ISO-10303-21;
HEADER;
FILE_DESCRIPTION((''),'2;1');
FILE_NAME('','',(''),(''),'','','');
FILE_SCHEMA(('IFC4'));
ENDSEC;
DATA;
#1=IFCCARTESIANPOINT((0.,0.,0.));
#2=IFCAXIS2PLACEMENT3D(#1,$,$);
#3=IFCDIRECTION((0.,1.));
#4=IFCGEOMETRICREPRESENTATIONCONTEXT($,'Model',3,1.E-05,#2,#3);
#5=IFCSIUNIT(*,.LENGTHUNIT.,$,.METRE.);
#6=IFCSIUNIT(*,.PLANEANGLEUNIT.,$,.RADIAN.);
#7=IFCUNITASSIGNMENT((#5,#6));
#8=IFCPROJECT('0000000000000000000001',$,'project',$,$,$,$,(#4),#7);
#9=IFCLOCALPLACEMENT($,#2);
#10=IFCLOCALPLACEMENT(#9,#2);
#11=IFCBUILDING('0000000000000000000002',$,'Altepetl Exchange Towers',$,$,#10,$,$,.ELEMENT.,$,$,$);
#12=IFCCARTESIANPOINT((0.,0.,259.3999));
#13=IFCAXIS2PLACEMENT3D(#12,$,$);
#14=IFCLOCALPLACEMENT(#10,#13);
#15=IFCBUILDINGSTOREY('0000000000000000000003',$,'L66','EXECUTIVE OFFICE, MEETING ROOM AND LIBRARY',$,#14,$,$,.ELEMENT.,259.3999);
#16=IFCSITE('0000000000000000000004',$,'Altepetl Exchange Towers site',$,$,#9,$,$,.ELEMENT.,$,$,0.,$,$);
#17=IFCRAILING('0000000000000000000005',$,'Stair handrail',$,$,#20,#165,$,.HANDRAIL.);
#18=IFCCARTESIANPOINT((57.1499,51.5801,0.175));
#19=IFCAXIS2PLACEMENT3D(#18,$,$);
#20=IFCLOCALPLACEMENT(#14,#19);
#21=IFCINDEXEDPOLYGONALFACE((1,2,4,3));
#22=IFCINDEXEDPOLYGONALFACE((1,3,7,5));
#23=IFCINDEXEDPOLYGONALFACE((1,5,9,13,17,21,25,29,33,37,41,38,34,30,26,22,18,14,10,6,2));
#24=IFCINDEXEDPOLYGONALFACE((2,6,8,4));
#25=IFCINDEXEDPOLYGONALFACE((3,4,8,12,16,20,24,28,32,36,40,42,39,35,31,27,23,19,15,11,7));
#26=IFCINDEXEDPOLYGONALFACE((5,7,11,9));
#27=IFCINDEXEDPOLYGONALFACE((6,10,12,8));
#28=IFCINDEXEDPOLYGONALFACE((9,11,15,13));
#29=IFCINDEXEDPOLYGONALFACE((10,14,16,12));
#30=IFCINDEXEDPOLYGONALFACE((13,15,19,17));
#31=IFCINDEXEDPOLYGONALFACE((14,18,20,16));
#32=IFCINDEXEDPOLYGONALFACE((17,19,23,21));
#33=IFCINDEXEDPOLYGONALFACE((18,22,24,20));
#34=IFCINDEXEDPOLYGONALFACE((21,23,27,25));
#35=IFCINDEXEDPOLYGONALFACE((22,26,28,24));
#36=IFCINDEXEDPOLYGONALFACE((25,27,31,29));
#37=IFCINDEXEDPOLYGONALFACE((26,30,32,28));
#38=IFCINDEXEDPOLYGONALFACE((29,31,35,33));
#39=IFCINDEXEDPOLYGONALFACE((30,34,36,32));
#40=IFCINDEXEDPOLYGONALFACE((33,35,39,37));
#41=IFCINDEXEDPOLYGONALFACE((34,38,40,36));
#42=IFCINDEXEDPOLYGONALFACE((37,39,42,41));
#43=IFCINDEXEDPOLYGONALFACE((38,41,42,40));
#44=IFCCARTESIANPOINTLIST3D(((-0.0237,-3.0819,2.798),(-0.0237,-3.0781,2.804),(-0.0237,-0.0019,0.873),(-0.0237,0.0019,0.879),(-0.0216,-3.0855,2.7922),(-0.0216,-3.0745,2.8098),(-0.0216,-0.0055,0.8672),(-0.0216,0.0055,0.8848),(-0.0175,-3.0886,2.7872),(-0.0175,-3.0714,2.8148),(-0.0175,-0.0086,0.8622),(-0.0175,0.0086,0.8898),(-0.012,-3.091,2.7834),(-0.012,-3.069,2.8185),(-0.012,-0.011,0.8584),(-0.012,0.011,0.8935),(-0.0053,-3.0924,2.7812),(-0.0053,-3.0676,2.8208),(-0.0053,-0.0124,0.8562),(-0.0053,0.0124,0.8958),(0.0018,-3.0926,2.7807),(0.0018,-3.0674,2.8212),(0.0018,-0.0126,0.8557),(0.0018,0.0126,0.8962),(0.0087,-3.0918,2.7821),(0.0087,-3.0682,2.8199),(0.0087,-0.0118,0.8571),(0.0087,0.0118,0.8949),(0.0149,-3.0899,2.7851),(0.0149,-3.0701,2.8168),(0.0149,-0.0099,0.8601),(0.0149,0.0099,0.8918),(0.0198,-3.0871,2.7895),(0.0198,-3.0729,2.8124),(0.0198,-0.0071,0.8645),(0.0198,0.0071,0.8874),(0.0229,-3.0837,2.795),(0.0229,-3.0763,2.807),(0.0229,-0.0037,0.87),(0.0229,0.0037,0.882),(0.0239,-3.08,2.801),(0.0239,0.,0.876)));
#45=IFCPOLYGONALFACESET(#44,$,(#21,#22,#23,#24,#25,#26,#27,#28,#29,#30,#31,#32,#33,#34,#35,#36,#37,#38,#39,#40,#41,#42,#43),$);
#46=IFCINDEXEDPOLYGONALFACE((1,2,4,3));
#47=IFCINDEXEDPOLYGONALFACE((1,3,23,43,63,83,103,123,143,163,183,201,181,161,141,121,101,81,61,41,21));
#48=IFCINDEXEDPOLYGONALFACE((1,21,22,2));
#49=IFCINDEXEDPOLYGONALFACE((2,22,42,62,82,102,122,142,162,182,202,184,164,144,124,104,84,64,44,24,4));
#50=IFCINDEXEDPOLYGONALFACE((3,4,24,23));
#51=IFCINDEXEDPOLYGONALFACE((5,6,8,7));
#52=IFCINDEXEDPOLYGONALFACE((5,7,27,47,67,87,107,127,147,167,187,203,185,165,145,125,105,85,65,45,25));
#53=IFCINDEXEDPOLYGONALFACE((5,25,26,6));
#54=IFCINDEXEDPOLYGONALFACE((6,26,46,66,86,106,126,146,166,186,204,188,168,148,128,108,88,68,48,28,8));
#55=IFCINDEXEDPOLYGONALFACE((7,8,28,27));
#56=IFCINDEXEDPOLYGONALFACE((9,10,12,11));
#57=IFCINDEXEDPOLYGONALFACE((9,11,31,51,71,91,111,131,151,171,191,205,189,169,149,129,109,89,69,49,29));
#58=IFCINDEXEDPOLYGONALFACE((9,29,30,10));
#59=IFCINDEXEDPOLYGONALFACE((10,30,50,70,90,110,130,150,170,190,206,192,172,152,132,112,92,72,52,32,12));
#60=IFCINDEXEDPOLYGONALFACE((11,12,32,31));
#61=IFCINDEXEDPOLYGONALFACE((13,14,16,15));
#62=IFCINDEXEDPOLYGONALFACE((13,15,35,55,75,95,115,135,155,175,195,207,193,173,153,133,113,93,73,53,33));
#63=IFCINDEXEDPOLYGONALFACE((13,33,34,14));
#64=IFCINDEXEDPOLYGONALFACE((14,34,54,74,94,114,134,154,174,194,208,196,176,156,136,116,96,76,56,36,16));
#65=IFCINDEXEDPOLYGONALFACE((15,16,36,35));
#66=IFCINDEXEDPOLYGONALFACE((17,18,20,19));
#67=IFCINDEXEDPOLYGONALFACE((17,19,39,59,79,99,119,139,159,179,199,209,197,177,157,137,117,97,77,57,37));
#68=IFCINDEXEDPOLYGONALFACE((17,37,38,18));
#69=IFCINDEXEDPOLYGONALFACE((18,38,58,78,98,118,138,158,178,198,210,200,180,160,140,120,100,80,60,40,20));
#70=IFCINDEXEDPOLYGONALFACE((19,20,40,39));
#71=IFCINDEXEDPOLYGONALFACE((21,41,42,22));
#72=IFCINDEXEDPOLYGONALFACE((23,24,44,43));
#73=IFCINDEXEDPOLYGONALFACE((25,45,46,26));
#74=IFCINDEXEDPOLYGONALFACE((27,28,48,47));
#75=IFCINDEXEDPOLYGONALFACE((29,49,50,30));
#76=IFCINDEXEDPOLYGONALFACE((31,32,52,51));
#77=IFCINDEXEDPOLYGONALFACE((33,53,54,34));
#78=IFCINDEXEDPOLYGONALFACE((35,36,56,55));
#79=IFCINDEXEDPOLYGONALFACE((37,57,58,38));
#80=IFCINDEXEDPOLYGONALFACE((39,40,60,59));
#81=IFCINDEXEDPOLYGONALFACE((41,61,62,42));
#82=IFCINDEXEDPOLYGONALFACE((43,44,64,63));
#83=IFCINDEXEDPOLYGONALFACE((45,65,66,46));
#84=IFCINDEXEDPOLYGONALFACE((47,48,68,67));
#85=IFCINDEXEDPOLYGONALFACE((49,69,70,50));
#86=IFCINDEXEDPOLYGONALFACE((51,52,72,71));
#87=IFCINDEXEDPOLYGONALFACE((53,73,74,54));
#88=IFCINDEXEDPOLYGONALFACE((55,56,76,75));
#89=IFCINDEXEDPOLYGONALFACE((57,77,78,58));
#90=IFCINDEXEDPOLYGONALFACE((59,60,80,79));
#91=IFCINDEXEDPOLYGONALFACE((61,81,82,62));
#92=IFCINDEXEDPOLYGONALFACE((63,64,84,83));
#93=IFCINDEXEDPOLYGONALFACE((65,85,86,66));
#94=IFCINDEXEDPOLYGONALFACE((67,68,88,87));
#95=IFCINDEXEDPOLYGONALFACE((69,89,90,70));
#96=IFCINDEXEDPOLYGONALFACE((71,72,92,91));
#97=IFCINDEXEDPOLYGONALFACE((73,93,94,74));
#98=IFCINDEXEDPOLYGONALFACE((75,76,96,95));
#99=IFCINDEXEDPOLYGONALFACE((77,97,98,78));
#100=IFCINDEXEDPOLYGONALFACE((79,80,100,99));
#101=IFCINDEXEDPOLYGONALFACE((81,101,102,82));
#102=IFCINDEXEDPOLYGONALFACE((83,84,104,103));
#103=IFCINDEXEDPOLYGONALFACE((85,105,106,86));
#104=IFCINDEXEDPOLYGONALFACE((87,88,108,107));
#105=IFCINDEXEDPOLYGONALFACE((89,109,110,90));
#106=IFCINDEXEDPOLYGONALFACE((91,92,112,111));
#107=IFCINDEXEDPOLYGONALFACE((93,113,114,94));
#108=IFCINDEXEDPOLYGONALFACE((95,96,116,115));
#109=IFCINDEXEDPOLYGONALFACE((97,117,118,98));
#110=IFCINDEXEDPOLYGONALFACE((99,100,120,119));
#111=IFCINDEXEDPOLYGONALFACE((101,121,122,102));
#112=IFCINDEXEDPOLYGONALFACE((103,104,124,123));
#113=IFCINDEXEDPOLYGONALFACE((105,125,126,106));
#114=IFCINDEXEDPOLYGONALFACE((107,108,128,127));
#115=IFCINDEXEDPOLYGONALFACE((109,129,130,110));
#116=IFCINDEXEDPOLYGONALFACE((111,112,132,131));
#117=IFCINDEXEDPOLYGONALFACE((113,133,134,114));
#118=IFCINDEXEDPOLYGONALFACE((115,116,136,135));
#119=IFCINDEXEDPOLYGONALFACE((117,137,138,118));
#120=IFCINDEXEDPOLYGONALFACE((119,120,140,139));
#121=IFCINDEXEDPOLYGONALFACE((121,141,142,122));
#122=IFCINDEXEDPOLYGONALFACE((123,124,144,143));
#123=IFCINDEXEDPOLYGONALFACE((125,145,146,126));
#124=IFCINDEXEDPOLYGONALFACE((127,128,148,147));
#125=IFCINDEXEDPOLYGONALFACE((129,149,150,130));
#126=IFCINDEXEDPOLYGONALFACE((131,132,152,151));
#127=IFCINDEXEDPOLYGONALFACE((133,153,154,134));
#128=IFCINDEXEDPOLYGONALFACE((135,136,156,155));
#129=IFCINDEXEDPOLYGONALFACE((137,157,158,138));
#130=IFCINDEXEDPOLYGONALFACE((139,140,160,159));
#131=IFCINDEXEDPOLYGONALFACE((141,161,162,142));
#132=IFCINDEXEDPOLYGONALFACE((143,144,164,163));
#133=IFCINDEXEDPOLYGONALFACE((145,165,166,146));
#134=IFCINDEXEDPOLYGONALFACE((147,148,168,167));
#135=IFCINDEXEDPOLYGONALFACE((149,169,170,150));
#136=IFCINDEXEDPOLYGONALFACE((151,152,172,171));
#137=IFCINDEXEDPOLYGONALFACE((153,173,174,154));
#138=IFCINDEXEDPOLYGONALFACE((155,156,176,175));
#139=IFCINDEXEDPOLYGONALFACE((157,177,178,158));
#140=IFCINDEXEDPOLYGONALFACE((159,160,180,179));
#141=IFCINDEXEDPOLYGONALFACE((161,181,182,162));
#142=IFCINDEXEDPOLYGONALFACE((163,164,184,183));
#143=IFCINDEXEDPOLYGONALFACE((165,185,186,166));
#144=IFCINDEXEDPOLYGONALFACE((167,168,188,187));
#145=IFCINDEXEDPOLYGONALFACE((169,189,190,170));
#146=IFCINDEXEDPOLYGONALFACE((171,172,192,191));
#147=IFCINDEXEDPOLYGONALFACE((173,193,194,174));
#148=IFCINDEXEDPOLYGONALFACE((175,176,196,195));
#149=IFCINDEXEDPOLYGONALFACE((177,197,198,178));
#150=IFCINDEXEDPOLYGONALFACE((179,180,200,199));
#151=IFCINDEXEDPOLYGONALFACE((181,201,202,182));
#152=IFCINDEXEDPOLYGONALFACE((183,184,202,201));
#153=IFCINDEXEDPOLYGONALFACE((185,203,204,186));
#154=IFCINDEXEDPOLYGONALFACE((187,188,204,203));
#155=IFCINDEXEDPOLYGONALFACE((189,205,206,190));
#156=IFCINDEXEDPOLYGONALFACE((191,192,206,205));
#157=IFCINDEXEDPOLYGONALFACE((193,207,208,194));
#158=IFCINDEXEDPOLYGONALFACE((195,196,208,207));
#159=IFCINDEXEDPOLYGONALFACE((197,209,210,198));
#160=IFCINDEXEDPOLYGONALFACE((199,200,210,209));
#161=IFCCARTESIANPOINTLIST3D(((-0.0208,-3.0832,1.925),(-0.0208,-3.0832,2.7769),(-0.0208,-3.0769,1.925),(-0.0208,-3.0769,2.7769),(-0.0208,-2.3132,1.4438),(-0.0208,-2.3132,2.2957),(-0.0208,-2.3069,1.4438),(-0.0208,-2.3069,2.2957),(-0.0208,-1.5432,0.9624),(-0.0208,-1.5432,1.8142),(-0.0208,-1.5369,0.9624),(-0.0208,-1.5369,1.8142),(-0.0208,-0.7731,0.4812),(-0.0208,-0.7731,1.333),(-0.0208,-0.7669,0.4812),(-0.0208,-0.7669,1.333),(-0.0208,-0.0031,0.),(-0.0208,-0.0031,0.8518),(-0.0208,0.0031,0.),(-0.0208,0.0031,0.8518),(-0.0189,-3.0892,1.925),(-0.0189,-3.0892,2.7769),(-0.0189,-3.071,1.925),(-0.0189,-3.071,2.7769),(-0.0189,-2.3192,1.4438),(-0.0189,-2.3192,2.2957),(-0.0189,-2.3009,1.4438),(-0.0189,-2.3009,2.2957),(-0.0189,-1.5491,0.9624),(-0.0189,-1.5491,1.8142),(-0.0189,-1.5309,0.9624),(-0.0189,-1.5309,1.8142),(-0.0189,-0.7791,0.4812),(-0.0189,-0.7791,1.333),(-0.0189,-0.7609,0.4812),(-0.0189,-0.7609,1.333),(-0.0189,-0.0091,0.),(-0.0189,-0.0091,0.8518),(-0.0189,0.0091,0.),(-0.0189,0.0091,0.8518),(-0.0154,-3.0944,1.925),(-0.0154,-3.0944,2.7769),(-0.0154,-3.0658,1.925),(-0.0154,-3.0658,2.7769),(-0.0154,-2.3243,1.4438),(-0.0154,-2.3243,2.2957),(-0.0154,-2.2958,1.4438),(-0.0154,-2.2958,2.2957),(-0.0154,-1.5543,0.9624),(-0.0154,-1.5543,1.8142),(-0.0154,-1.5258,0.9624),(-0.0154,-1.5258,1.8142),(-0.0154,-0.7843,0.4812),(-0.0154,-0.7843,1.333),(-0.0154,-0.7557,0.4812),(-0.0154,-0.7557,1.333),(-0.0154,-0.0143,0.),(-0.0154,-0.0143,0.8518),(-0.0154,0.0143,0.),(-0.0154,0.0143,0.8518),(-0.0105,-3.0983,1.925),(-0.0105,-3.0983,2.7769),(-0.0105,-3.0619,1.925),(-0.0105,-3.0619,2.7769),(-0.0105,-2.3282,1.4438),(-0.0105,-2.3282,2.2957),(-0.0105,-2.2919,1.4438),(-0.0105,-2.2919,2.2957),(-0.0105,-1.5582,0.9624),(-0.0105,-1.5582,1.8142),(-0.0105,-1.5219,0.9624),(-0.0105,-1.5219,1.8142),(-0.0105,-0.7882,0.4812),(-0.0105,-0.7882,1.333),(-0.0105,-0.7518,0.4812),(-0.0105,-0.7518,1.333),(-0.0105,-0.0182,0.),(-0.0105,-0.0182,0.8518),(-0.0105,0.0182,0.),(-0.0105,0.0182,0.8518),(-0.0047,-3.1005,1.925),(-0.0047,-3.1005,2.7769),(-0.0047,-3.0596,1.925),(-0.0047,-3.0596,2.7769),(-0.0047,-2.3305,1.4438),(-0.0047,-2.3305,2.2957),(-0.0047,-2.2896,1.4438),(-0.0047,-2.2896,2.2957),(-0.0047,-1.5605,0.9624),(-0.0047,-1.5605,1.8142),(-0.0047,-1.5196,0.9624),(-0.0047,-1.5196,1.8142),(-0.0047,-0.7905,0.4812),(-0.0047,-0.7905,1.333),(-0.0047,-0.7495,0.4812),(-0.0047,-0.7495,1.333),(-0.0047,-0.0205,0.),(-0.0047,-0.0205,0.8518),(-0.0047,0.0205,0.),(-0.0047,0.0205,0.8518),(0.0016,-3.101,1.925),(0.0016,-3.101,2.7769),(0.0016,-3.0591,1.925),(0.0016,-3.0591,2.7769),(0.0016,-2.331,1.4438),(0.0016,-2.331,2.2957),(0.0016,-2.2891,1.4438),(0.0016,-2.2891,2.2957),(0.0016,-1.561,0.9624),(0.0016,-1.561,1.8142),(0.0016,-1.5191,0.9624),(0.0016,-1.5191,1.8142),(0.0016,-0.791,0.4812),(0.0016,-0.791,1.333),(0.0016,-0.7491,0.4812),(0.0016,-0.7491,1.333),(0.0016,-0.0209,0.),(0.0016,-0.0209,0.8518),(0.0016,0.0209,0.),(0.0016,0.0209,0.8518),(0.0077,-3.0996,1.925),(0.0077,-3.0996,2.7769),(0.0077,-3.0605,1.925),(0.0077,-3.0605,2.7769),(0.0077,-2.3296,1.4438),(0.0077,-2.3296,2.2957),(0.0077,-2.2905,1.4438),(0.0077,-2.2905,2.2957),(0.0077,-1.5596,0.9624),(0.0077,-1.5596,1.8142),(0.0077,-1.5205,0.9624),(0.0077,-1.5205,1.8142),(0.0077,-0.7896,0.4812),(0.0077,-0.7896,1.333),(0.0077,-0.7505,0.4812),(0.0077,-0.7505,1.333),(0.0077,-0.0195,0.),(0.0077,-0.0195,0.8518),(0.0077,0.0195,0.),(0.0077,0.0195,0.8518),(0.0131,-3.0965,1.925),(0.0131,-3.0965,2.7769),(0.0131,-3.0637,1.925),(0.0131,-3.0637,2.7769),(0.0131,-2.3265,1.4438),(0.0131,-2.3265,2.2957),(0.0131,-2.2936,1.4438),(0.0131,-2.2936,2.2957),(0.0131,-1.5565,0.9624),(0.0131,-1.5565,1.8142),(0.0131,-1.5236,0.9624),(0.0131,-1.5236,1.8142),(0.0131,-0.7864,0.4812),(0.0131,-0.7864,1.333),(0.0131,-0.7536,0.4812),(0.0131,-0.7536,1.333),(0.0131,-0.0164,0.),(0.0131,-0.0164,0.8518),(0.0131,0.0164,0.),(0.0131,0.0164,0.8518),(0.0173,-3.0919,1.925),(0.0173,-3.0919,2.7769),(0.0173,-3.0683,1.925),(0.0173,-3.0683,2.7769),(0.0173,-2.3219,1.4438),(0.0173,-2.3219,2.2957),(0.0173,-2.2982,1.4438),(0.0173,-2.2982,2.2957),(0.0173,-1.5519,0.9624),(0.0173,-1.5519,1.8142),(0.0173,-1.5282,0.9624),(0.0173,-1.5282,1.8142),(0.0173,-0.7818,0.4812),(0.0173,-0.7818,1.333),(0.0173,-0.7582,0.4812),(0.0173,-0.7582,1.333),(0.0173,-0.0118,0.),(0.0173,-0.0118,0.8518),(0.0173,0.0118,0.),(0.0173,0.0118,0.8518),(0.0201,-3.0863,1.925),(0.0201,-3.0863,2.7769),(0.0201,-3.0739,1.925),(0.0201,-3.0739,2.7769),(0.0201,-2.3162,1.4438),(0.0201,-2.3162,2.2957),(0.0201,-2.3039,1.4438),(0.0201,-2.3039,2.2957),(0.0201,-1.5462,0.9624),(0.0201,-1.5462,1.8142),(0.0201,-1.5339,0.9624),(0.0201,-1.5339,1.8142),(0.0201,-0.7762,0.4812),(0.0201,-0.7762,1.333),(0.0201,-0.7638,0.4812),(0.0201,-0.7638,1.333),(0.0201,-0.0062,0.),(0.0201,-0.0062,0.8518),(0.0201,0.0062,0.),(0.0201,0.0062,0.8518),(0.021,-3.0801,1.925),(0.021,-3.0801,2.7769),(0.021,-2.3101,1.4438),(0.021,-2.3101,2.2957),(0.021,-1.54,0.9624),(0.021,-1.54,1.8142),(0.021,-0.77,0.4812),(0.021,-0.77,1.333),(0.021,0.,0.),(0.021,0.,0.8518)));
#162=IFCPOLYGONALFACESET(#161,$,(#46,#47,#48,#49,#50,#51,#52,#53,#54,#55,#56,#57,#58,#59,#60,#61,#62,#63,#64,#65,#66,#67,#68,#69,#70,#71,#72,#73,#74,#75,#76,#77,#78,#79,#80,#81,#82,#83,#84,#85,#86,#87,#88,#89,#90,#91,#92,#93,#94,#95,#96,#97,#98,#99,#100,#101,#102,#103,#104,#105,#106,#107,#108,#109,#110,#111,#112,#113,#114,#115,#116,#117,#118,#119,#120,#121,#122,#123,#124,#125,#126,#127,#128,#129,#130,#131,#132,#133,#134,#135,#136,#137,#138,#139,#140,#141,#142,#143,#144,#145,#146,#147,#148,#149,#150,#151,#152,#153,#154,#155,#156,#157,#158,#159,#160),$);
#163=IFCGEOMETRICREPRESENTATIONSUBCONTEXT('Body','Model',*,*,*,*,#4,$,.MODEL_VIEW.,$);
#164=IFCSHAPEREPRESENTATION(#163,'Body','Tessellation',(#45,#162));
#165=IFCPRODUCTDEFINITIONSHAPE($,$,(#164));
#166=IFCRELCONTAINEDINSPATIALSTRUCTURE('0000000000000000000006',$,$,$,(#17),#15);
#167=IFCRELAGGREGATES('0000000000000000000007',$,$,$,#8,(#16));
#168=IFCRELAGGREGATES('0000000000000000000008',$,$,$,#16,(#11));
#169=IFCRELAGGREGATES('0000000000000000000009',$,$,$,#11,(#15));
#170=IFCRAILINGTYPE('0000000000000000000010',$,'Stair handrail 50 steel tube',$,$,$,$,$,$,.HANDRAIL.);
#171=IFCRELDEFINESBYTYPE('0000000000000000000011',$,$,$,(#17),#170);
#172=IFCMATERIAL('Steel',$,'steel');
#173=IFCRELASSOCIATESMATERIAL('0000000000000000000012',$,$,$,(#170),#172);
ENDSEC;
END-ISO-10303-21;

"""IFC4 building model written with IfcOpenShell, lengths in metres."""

from ifc_helpers import new_model, si_unit, direction, frame, origin, origin_2d, place, context, subcontext, project, spatial, circle, extrude, source, transform, mapped, material, type_object, element, save


model = new_model("IFC4")

# Units and contexts
model_context = context("Model", 3, precision=1e-05, world=origin(), true_north=direction((0.0, 1.0)))
body_context = subcontext(model_context, "Body", "Model", "MODEL_VIEW")
ifc_project = project(units=[si_unit("LENGTHUNIT", "METRE"), si_unit("PLANEANGLEUNIT", "RADIAN")], contexts=[model_context])

# Site, building, storey
site_placement = place(None, origin())
site = spatial("IfcSite", under=ifc_project, at=site_placement, Name="Altepetl Exchange Towers site", CompositionType="ELEMENT", RefElevation=0.0)
building_placement = place(site_placement, origin())
building = spatial("IfcBuilding", under=site, at=building_placement, Name="Altepetl Exchange Towers", CompositionType="ELEMENT")
storey_placement = place(building_placement, frame((0.0, 0.0, 259.3999)))
storey = spatial("IfcBuildingStorey", under=building, at=storey_placement, Name="L66", Description="EXECUTIVE OFFICE, MEETING ROOM AND LIBRARY", CompositionType="ELEMENT", Elevation=259.3999)

# Railing
ifc_material_1 = material(Name="Steel", Category="steel")
railing_type = type_object("IfcRailingType", Name="Stair handrail 50 steel tube", PredefinedType="HANDRAIL", material=ifc_material_1)
shared_shape = source(origin(), body_context, "Body", "SweptSolid", [
    extrude(circle(Radius=0.021, at=origin_2d()), origin(), (0.0, 0.0, 1.0), 0.8518),
])
for number, where, name in (
    (1, (57.1499, 51.5801, 0.175), "Stair handrail"),
):
    element("IfcRailing", number, at=place(storey_placement, frame(where)), inside=storey, type_object=railing_type, Name=name, PredefinedType="HANDRAIL", context=body_context, shape_type="SweptSolid", body=[
        extrude(circle(Radius=0.0239, at=origin_2d()), frame((0.0, 0.0, 0.876), z_axis=(0.0, -0.847998, 0.529999), x_axis=(1.0, 0.0, 0.0)), (0.0, 0.0, 1.0), 3.6321),
        mapped(shared_shape, transform((0.0, 0.0, 0.0))),
        mapped(shared_shape, transform((0.0, -0.77, 0.4812))),
        mapped(shared_shape, transform((0.0, -1.54, 0.9624))),
        mapped(shared_shape, transform((0.0, -2.3101, 1.4438))),
        mapped(shared_shape, transform((0.0, -3.0801, 1.925))),
    ])

save(model, "model.ifc")
